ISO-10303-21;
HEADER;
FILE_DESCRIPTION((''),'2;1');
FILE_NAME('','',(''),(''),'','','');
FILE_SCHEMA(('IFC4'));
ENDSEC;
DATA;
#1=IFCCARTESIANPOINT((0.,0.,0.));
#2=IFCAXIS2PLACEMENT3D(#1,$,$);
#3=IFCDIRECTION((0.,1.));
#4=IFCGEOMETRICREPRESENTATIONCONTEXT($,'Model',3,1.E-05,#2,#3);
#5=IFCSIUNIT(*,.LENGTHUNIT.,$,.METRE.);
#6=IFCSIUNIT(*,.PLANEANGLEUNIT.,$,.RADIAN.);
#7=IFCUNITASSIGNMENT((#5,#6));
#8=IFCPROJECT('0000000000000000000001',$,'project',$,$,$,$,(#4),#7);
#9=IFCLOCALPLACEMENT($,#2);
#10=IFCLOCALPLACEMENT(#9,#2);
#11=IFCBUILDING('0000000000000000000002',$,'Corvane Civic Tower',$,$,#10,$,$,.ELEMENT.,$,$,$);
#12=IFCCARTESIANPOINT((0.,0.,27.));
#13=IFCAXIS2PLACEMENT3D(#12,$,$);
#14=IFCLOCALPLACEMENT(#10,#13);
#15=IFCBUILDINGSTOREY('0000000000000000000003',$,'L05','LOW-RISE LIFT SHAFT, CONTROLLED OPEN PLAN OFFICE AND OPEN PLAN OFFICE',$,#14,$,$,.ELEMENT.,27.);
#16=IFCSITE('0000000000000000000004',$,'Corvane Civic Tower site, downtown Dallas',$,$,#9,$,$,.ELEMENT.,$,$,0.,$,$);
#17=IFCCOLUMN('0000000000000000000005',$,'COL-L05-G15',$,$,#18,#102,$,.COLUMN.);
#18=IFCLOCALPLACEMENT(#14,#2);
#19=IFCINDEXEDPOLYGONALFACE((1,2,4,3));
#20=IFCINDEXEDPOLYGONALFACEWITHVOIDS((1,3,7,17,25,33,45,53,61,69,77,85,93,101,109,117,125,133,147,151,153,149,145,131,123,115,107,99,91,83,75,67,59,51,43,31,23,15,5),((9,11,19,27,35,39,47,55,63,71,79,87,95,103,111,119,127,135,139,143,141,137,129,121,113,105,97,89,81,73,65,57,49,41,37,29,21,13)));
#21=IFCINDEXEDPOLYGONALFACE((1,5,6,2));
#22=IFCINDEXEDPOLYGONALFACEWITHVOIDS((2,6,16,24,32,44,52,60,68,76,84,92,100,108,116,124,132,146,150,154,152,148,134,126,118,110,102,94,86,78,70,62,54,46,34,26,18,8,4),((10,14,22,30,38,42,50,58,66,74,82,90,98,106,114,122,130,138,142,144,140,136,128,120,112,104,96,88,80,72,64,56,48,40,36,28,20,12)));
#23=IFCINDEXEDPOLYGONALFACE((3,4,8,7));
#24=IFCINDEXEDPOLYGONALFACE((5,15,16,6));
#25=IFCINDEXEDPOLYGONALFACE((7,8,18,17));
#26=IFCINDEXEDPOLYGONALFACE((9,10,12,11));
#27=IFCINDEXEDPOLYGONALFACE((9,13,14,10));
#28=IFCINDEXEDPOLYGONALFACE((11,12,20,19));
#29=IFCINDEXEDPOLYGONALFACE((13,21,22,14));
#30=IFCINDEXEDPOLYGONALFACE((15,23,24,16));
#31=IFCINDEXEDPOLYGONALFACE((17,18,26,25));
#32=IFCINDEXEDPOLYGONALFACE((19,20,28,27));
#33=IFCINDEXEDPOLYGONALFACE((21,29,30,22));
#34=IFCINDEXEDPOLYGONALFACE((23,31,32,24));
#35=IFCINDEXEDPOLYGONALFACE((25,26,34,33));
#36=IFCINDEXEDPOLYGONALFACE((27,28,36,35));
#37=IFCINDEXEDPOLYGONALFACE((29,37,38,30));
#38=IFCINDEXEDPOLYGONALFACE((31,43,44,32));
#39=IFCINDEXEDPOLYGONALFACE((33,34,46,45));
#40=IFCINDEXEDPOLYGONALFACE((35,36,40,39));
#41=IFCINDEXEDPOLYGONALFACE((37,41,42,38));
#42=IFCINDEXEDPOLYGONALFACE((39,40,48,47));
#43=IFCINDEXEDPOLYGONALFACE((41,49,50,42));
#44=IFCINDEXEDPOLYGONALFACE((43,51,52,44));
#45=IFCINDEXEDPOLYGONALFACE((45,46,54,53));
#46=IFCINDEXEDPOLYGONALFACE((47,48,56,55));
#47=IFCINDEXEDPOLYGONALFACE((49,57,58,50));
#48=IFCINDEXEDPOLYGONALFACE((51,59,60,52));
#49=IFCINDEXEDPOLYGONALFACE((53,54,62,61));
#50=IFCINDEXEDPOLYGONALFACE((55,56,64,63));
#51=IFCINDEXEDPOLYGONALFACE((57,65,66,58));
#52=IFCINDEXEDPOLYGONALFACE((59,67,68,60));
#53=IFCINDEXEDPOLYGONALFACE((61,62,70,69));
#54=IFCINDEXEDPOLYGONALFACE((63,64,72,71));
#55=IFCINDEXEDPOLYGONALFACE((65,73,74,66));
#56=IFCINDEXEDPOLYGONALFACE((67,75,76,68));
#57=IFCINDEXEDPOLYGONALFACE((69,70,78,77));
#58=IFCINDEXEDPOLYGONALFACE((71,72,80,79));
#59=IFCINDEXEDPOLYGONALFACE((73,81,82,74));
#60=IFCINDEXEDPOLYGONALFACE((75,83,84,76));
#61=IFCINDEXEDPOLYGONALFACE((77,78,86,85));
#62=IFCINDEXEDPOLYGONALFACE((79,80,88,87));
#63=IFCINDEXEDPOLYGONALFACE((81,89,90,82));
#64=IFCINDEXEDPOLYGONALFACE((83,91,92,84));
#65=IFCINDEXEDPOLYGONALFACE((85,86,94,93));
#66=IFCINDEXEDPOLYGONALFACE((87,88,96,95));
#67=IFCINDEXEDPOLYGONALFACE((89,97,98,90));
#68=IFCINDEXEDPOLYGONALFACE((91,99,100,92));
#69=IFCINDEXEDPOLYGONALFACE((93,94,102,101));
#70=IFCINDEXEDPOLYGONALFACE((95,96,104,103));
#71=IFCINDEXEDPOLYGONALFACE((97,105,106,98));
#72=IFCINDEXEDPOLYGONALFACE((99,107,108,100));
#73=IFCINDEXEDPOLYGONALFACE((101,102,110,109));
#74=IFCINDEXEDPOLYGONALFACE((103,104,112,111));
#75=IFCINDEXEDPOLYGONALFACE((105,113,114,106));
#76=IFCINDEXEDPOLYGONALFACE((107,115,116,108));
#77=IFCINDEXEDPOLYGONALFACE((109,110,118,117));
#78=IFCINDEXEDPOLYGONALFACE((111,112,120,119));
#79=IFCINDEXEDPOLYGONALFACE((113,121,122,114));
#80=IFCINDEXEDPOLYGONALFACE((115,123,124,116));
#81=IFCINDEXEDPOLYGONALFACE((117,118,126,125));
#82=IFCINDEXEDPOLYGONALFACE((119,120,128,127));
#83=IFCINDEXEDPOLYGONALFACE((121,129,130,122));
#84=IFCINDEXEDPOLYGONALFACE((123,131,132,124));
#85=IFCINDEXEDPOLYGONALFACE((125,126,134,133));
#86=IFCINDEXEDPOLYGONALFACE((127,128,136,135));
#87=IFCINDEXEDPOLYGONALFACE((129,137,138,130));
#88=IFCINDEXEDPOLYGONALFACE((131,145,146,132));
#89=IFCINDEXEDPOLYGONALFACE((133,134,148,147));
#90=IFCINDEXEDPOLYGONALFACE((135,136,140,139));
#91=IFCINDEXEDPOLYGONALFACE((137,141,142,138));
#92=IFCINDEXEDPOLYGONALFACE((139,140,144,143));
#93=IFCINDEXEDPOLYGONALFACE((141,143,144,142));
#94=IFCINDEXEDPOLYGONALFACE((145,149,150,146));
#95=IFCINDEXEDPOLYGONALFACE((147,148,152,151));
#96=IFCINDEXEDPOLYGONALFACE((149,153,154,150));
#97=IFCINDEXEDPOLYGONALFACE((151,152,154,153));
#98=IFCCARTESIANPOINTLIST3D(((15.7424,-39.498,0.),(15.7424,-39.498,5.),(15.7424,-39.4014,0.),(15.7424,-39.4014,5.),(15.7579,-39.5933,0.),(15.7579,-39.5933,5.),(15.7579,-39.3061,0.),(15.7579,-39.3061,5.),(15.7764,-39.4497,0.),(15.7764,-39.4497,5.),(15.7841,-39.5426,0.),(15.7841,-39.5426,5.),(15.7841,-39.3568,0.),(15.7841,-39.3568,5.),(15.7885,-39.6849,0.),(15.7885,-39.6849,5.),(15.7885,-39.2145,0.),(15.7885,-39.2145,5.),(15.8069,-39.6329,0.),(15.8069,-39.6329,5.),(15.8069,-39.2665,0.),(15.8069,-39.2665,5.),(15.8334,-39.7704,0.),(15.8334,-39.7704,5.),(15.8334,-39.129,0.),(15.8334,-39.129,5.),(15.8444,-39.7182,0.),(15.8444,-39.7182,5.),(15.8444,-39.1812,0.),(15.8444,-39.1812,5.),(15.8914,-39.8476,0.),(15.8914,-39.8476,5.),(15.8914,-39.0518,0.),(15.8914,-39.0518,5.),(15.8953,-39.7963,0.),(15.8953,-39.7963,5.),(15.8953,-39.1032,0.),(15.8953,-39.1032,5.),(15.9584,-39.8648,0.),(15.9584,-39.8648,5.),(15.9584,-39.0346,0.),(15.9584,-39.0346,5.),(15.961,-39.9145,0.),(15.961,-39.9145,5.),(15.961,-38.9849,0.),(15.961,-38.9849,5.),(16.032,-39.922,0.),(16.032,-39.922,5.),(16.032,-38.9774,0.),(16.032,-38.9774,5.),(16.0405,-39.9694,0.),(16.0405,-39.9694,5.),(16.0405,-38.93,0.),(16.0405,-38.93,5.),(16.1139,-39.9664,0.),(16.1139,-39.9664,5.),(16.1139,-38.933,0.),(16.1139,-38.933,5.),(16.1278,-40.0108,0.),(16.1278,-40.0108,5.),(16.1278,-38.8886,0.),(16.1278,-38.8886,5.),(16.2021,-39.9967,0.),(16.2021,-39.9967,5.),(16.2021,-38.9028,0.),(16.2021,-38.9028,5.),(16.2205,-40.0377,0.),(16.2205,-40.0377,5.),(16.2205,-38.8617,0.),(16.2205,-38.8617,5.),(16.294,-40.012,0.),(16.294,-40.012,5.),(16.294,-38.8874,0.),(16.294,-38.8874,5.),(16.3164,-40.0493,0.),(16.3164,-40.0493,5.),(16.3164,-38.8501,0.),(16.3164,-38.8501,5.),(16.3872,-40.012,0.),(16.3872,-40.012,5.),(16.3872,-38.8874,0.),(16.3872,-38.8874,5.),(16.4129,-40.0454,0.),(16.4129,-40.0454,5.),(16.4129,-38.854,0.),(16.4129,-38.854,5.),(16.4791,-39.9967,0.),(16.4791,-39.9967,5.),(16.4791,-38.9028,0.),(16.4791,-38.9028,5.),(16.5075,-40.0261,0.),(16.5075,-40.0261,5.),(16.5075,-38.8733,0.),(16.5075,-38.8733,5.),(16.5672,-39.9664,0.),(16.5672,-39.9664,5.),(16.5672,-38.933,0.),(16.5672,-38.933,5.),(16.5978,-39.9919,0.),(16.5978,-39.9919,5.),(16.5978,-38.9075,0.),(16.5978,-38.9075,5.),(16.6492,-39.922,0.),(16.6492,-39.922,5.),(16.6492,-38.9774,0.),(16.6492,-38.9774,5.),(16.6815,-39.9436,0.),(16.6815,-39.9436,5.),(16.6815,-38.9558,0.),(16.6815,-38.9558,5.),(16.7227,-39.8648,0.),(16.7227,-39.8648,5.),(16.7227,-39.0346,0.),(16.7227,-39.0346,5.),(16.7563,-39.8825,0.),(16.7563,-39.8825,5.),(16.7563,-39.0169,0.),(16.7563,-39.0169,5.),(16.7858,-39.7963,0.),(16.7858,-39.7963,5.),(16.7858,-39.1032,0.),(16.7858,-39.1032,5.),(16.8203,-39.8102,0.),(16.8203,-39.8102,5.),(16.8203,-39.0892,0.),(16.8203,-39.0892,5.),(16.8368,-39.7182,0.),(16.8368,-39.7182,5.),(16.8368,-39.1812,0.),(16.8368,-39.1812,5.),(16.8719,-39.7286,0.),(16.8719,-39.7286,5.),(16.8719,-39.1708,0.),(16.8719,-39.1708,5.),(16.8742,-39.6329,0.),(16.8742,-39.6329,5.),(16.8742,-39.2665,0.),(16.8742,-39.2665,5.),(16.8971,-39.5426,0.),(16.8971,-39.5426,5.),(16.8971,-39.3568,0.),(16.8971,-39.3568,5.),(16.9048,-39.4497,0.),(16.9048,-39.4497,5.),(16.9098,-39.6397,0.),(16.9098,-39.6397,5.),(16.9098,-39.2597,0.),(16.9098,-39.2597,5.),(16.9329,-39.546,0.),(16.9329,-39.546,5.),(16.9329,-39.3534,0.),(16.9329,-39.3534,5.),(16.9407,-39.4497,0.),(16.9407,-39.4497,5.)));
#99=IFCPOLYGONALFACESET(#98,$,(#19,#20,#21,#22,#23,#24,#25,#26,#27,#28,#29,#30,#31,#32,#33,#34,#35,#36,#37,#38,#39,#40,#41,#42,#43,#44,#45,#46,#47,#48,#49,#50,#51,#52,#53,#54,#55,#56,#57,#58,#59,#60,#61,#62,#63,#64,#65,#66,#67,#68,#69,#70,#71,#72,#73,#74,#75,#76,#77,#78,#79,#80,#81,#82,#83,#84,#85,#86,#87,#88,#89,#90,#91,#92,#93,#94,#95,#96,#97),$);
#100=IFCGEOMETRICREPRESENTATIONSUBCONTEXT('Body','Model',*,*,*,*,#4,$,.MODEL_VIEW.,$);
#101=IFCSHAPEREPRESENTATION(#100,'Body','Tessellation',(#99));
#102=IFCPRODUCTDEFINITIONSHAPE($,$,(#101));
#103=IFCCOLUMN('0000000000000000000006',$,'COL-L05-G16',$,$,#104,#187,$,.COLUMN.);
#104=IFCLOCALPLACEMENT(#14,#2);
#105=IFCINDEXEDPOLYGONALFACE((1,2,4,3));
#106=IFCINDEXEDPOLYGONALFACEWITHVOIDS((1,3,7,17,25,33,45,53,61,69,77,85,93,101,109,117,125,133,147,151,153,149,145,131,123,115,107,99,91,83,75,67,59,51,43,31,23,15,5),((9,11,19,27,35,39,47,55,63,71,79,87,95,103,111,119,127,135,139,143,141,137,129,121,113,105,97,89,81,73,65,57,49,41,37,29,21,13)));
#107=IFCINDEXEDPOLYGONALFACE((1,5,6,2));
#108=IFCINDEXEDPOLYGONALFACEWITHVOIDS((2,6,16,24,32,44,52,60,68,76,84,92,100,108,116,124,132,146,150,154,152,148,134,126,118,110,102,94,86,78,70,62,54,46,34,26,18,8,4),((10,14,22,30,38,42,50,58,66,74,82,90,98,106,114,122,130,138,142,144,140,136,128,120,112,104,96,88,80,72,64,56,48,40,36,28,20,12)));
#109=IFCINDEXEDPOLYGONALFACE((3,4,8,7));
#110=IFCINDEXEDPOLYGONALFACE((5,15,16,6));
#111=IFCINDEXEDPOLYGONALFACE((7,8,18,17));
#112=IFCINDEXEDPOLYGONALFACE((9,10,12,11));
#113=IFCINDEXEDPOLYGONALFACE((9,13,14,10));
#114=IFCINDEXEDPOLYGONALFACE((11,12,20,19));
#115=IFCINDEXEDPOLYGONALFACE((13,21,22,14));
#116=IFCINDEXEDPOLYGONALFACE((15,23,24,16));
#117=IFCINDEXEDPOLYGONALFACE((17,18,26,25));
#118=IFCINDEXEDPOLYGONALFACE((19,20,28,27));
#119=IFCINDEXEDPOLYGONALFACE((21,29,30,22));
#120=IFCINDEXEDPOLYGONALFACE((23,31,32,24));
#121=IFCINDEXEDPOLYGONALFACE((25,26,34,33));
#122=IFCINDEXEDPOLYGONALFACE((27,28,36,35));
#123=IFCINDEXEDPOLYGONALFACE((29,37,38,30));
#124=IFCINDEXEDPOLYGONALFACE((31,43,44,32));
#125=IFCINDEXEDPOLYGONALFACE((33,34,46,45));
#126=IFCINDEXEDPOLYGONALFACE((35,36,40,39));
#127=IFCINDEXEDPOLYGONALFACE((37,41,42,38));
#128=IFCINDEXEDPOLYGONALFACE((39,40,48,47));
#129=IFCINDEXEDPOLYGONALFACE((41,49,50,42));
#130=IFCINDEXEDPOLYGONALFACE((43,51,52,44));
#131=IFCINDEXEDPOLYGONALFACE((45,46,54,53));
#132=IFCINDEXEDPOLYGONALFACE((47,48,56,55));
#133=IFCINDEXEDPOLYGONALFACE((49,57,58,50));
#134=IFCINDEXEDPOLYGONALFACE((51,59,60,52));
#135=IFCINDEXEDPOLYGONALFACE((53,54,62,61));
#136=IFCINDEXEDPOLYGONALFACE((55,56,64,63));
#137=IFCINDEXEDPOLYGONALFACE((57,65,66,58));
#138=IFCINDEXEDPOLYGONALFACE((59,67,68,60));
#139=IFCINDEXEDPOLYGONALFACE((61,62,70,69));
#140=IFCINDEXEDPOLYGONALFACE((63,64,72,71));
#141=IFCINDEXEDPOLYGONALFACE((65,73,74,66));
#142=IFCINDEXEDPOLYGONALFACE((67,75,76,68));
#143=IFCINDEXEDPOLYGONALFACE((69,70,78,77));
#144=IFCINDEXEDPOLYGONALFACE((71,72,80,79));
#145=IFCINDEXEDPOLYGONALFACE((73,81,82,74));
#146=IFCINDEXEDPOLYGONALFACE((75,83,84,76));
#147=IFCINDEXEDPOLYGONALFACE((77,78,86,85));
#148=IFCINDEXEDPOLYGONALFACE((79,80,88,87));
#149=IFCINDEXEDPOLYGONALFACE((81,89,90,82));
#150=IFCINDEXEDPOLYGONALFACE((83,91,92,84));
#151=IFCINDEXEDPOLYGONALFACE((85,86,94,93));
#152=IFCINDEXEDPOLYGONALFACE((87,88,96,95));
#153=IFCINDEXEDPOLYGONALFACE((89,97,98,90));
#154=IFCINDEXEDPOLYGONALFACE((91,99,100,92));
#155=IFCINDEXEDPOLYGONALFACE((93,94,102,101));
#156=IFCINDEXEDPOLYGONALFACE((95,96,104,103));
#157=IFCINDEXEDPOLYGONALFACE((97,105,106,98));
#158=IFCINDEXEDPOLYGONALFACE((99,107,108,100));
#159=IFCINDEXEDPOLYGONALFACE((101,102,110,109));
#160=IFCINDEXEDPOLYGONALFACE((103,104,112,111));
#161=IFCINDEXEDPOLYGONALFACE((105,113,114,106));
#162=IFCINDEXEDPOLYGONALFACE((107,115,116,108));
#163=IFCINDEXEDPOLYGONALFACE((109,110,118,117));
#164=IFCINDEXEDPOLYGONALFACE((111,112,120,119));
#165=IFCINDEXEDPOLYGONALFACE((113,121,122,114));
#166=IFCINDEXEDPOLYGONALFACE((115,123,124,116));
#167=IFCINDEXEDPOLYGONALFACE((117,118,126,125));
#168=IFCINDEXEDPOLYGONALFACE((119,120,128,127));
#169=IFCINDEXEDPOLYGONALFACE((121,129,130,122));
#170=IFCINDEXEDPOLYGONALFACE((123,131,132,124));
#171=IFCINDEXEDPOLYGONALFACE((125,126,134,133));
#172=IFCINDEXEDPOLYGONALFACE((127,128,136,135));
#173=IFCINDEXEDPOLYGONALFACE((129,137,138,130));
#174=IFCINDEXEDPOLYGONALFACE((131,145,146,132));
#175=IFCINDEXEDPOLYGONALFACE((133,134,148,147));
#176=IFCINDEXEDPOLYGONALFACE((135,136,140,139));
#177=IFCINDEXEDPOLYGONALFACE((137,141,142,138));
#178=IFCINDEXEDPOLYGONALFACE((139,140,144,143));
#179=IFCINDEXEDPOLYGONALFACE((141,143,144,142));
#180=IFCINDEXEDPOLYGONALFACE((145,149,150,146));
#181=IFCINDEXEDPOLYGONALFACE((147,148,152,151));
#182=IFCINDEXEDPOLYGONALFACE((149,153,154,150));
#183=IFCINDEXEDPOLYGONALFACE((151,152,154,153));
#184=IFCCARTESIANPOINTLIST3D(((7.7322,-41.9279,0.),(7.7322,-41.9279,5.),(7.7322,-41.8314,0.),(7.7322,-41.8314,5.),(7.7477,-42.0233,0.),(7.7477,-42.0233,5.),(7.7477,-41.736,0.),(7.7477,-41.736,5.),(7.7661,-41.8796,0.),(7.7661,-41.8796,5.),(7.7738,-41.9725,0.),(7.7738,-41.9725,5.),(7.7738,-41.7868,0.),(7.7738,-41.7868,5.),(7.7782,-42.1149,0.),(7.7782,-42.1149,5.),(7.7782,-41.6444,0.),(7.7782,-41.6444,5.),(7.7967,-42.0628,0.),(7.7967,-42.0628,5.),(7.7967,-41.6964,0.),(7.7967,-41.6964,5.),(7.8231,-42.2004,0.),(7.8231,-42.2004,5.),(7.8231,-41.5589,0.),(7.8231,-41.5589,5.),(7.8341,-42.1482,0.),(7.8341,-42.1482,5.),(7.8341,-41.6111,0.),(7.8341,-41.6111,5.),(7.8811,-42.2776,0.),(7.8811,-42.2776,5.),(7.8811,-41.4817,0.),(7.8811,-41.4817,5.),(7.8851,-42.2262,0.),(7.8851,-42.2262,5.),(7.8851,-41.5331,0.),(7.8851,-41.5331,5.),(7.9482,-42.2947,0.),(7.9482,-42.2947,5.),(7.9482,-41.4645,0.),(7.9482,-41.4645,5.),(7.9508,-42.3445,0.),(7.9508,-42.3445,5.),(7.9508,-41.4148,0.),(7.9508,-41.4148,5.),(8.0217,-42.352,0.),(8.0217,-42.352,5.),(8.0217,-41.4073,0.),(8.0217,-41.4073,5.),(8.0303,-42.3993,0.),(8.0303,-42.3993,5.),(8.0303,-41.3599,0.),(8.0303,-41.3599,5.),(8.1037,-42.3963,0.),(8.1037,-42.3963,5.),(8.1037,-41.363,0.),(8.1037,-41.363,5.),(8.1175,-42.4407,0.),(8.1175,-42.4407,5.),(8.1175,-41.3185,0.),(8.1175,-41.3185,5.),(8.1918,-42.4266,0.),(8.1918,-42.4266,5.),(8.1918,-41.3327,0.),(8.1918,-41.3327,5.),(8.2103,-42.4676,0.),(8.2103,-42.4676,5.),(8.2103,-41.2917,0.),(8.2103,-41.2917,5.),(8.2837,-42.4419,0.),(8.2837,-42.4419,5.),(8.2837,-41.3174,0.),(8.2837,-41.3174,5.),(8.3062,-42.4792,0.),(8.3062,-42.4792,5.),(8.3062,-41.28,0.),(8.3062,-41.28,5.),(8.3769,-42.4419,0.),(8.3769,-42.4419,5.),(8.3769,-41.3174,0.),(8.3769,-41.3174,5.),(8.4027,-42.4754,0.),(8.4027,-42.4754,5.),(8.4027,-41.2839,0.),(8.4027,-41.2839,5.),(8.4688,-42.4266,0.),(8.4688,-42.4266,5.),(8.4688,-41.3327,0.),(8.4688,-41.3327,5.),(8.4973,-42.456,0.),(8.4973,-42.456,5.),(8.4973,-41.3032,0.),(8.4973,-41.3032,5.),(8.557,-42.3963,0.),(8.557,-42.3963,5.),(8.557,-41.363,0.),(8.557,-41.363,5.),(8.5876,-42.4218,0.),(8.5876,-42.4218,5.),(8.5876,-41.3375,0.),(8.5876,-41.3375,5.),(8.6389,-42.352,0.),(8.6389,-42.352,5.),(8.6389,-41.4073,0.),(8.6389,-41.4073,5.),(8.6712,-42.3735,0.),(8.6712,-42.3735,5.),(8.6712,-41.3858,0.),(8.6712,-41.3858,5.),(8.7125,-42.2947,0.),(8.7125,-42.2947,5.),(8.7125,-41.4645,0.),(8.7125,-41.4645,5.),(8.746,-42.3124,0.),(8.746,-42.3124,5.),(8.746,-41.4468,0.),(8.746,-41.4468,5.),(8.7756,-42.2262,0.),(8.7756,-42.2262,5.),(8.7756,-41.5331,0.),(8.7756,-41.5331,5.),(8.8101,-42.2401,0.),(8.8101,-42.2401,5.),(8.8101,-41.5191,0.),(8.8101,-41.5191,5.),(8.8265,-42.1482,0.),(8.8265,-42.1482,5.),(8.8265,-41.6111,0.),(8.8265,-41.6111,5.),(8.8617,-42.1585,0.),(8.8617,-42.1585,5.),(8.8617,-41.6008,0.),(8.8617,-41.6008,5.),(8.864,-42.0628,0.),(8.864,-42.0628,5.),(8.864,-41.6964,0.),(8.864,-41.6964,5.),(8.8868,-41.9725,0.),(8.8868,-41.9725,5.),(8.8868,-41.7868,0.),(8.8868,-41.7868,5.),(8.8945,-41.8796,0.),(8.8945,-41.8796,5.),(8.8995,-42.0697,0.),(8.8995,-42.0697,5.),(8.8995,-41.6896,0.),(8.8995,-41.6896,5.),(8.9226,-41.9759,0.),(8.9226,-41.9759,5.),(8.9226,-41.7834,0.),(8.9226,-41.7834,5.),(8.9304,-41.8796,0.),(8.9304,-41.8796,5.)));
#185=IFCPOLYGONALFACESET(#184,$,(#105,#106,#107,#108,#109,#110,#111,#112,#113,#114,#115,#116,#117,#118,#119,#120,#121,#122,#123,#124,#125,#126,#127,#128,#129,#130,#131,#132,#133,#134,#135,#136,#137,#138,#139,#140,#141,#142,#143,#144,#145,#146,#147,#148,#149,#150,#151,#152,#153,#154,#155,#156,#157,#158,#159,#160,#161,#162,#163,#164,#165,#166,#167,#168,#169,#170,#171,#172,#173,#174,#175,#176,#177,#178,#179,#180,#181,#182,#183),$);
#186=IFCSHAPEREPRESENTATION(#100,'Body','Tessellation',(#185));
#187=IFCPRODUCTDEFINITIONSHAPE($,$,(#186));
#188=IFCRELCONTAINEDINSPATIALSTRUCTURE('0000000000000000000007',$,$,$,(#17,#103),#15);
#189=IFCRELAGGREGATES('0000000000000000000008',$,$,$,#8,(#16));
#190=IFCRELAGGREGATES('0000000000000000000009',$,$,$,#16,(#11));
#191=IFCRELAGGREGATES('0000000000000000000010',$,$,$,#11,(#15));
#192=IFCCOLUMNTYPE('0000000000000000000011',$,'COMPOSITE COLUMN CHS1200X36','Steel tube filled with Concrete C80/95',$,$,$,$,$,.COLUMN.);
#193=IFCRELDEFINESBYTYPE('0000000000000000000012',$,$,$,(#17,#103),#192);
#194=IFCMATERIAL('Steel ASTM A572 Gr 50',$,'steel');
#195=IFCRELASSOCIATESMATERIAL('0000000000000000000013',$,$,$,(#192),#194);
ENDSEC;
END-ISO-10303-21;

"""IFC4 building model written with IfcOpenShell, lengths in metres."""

from ifc_helpers import new_model, si_unit, direction, frame, origin, origin_2d, place, context, subcontext, project, spatial, hollow_circle, extrude, material, material_profile, profile_set, type_object, element, save


model = new_model("IFC4")

# Units and contexts
model_context = context("Model", 3, precision=1e-05, world=origin(), true_north=direction((0.0, 1.0)))
body_context = subcontext(model_context, "Body", "Model", "MODEL_VIEW")
ifc_project = project(units=[si_unit("LENGTHUNIT", "METRE"), si_unit("PLANEANGLEUNIT", "RADIAN")], contexts=[model_context])

# Site, building, storey
site_placement = place(None, origin())
site = spatial("IfcSite", under=ifc_project, at=site_placement, Name="Corvane Civic Tower site, downtown Dallas", CompositionType="ELEMENT", RefElevation=0.0)
building_placement = place(site_placement, origin())
building = spatial("IfcBuilding", under=site, at=building_placement, Name="Corvane Civic Tower", CompositionType="ELEMENT")
storey_placement = place(building_placement, frame((0.0, 0.0, 27.0)))
storey = spatial("IfcBuildingStorey", under=building, at=storey_placement, Name="L05", Description="LOW-RISE LIFT SHAFT, CONTROLLED OPEN PLAN OFFICE AND OPEN PLAN OFFICE", CompositionType="ELEMENT", Elevation=27.0)

# Columns
ifc_material_1 = material(Name="Steel ASTM A572 Gr 50", Category="steel")
ifc_material_profile_1 = material_profile(ifc_material_1, hollow_circle(Radius=0.6001, WallThickness=0.0359, at=origin_2d()), Name="CHS1200X36")
ifc_profile_set_1 = profile_set([ifc_material_profile_1], Name="Steel ASTM A572 Gr 50")
column_type_1 = type_object("IfcColumnType", Name="COMPOSITE COLUMN CHS1200X36", Description="Steel tube filled with Concrete C80/95", PredefinedType="COLUMN", material=ifc_profile_set_1)
for number, where, z_axis, x_axis, name in (
    (1, (16.3406, -39.4497, 0.0), (0.0, 0.0, 1.0), (1.0, 0.0, 0.0), "COL-L05-G15"),
    (2, (8.3303, -41.8796, 0.0), (0.0, 0.0, 1.0), (1.0, 0.0, 0.0), "COL-L05-G16"),
):
    element("IfcColumn", number, at=place(storey_placement, frame(where, z_axis=z_axis, x_axis=x_axis)), inside=storey, type_object=column_type_1, Name=name, PredefinedType="COLUMN", context=body_context, shape_type="SweptSolid", body=[
        extrude(hollow_circle(Radius=0.6001, WallThickness=0.0359, at=origin_2d()), origin(), (0.0, 0.0, 1.0), 5.0),
    ])

save(model, "model.ifc")
